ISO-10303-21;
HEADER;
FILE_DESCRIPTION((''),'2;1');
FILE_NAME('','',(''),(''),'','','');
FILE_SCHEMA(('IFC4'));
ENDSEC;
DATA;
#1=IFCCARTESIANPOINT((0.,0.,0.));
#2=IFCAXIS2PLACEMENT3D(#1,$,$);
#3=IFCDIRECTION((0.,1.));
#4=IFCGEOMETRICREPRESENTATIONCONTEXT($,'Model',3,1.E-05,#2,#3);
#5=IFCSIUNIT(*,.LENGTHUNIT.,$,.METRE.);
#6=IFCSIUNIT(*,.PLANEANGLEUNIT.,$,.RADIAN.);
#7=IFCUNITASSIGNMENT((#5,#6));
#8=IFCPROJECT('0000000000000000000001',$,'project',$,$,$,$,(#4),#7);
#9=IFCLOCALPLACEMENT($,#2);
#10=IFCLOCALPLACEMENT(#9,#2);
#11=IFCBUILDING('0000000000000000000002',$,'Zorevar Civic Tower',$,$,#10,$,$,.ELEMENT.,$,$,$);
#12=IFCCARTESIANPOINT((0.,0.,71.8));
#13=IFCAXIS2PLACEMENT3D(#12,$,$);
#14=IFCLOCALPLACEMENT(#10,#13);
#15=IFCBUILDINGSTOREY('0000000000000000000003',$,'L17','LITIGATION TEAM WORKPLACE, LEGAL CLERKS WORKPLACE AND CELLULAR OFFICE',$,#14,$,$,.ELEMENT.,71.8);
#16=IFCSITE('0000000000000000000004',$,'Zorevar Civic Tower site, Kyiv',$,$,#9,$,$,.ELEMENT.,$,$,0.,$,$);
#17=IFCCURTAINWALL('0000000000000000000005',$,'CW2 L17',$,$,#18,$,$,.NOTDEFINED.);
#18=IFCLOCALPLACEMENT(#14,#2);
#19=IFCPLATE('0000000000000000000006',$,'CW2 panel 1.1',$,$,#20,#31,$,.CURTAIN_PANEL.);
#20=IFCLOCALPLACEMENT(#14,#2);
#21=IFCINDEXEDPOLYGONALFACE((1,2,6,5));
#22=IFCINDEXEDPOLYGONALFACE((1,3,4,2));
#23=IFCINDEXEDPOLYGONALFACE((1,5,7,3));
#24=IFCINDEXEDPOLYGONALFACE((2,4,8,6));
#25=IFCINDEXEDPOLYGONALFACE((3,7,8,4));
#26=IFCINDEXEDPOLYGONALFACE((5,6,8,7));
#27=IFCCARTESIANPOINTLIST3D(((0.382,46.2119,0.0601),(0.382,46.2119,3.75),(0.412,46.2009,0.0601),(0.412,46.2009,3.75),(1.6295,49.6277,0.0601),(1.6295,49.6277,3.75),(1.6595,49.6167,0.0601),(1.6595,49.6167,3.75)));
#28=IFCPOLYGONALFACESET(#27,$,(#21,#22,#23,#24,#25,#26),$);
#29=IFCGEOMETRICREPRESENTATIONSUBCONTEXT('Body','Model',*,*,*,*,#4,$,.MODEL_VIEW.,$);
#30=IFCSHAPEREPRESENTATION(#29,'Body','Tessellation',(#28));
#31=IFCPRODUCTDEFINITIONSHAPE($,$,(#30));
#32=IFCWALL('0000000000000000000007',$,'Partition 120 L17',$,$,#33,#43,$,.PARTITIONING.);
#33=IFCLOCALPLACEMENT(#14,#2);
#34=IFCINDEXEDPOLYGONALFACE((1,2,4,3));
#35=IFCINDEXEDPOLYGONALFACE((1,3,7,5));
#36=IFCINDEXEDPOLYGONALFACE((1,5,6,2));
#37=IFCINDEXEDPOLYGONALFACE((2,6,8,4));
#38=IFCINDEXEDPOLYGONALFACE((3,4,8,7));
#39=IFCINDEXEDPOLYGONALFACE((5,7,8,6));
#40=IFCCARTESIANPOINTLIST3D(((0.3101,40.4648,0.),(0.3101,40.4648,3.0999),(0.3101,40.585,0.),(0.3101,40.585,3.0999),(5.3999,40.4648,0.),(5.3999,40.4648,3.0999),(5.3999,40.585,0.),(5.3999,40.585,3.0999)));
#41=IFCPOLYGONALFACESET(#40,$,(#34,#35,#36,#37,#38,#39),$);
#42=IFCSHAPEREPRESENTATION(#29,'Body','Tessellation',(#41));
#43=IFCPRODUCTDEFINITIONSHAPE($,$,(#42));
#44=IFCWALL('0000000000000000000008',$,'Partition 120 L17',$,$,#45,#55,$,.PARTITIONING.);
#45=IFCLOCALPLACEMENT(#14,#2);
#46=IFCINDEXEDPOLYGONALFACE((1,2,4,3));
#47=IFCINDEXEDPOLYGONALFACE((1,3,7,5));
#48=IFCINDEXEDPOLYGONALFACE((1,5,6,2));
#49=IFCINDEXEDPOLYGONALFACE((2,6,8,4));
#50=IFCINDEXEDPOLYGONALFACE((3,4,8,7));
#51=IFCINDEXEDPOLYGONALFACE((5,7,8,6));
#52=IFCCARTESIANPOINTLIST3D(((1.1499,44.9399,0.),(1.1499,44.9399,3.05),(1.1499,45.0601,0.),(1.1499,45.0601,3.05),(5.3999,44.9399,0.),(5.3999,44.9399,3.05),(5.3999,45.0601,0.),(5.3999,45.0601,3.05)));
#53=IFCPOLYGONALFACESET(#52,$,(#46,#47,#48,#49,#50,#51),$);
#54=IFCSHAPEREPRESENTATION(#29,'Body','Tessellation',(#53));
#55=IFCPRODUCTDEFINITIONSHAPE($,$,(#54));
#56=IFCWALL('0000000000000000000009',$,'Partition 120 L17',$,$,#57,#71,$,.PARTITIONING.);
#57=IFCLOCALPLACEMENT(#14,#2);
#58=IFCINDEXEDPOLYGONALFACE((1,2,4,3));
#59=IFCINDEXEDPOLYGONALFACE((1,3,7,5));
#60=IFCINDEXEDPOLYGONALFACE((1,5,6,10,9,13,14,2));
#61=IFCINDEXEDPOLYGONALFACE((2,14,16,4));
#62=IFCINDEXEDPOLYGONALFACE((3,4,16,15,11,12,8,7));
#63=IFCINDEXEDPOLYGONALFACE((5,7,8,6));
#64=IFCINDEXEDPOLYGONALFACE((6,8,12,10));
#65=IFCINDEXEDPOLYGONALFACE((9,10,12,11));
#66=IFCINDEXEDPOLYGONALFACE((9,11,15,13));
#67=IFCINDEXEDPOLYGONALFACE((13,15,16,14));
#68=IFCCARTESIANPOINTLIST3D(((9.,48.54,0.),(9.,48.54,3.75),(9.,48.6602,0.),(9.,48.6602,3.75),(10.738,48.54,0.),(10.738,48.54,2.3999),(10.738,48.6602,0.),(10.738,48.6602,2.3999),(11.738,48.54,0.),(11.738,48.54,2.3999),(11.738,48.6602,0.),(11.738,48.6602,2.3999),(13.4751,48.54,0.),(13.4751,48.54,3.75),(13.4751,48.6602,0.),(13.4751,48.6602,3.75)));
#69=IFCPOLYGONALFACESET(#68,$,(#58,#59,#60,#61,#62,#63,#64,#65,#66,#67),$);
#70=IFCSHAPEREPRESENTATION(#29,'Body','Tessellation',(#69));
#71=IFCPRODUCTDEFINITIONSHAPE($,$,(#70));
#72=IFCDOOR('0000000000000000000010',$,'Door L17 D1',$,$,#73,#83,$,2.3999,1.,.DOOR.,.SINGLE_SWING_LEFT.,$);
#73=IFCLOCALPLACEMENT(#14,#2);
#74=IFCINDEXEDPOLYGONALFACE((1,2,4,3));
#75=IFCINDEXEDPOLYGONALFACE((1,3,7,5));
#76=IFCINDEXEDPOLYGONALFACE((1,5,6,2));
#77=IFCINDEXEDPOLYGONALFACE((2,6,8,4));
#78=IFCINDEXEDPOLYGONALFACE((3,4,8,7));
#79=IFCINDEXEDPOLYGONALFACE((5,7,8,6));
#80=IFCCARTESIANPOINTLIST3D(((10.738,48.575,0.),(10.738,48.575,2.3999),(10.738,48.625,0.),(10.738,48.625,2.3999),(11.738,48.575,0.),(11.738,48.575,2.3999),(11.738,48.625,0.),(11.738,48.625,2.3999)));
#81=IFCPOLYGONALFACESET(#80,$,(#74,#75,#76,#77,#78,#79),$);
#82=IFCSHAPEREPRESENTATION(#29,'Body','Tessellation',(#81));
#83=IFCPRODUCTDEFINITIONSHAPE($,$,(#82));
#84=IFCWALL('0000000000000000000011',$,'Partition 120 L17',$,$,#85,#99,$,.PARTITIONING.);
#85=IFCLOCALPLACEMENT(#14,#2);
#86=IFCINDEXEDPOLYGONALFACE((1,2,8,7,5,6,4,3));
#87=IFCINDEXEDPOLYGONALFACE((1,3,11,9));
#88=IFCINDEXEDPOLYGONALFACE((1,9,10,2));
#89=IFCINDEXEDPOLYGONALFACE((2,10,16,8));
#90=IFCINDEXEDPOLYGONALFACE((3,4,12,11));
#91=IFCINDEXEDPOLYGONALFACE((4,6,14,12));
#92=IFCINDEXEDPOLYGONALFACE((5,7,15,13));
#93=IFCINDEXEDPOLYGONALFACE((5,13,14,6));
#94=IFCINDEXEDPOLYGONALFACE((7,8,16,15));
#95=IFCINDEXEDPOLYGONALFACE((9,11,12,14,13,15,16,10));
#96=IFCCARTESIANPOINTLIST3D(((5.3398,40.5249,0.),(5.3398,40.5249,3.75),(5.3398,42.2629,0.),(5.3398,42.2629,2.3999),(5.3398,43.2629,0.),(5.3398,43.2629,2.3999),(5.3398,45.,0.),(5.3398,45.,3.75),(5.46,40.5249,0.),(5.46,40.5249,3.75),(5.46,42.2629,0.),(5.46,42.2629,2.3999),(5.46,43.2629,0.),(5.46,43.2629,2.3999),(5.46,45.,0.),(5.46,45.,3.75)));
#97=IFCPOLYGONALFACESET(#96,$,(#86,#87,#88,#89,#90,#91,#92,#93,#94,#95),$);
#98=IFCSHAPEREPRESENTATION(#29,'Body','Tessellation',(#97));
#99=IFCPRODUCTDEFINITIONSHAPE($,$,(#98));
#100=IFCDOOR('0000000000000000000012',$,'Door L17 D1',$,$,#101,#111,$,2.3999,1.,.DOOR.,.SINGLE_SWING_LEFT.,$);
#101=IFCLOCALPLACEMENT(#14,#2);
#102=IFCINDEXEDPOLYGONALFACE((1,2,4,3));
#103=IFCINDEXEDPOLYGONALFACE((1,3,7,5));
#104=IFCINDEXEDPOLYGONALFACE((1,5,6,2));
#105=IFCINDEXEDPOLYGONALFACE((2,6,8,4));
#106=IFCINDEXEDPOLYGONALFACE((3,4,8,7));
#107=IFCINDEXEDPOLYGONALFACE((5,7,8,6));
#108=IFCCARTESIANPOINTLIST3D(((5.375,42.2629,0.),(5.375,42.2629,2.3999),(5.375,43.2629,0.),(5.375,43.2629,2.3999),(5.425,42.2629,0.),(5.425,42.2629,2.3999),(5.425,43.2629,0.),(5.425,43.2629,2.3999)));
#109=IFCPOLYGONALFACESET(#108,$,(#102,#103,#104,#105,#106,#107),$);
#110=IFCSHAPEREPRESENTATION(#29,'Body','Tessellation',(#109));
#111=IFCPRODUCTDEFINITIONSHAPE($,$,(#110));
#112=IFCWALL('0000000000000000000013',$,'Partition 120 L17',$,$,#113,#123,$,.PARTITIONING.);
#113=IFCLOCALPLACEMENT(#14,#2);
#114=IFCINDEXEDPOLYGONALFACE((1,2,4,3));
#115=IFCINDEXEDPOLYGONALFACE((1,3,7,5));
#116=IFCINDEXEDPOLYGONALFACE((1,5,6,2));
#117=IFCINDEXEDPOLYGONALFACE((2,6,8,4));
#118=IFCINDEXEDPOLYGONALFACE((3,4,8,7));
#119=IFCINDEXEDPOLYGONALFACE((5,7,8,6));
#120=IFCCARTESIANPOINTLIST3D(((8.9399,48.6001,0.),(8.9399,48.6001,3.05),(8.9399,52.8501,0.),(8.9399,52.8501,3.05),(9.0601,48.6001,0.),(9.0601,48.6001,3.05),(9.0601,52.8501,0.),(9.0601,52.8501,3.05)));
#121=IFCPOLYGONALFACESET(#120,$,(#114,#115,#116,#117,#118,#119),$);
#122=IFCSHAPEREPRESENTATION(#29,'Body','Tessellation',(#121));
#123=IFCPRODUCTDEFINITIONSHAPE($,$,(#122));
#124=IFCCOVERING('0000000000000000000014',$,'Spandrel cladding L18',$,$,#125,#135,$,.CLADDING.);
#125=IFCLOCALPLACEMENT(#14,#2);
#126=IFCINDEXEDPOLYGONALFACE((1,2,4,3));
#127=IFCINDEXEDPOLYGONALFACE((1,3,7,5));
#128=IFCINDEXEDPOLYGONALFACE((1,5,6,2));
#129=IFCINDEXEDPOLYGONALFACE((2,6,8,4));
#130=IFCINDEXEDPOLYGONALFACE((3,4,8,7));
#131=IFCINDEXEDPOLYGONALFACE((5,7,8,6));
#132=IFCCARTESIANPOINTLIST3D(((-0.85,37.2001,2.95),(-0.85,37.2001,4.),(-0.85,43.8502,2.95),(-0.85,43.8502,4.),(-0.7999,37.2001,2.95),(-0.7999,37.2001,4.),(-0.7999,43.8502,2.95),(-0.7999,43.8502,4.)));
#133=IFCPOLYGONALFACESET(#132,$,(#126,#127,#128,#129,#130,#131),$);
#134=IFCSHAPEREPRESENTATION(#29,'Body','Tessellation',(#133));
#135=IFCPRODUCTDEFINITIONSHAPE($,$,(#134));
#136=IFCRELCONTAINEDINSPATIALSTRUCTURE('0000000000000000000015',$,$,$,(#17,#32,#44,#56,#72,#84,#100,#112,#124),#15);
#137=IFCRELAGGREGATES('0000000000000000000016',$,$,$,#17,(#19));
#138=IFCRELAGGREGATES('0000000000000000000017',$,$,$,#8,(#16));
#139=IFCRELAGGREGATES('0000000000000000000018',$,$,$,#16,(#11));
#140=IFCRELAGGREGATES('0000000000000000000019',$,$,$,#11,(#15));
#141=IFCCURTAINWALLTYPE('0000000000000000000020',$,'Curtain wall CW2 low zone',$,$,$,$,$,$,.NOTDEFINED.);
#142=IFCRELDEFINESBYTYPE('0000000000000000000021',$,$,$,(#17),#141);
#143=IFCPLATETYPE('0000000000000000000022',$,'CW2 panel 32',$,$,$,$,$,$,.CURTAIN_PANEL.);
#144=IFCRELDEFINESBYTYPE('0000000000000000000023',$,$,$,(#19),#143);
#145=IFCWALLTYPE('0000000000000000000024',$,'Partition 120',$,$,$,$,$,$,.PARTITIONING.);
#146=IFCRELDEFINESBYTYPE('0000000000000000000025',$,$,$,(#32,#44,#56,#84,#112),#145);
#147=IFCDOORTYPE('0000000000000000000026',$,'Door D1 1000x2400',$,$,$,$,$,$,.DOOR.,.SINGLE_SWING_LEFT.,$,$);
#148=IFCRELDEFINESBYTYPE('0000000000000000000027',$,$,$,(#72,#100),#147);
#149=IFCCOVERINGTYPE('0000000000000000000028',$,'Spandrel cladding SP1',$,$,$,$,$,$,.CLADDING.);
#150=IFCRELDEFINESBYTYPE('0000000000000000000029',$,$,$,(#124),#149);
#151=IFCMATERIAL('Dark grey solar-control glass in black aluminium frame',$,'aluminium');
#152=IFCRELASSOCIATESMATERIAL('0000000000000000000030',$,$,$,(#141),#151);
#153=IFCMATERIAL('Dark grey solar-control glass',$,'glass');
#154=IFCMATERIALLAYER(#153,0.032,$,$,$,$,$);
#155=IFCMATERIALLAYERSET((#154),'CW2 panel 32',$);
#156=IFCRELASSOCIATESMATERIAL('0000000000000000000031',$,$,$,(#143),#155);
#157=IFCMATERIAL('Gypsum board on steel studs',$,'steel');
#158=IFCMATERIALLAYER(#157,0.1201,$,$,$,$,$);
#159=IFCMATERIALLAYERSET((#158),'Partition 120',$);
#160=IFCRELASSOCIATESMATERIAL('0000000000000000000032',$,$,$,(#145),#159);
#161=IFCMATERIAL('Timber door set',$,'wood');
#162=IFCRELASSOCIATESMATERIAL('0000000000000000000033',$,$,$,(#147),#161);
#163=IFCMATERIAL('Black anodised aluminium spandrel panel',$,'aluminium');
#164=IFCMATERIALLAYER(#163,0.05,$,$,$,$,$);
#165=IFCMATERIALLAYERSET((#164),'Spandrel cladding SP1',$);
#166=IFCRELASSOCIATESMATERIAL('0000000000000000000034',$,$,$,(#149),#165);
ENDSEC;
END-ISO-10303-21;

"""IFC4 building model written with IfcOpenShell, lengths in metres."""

from ifc_helpers import new_model, si_unit, direction, frame, frame_2d, origin, origin_2d, place, context, subcontext, project, spatial, rectangle, extrude, material, layer, layer_set, type_object, element, fill, aggregate, save


model = new_model("IFC4")

# Units and contexts
model_context = context("Model", 3, precision=1e-05, world=origin(), true_north=direction((0.0, 1.0)))
body_context = subcontext(model_context, "Body", "Model", "MODEL_VIEW")
ifc_project = project(units=[si_unit("LENGTHUNIT", "METRE"), si_unit("PLANEANGLEUNIT", "RADIAN")], contexts=[model_context])

# Site, building, storey
site_placement = place(None, origin())
site = spatial("IfcSite", under=ifc_project, at=site_placement, Name="Zorevar Civic Tower site, Kyiv", CompositionType="ELEMENT", RefElevation=0.0)
building_placement = place(site_placement, origin())
building = spatial("IfcBuilding", under=site, at=building_placement, Name="Zorevar Civic Tower", CompositionType="ELEMENT")
storey_placement = place(building_placement, frame((0.0, 0.0, 71.8)))
storey = spatial("IfcBuildingStorey", under=building, at=storey_placement, Name="L17", Description="LITIGATION TEAM WORKPLACE, LEGAL CLERKS WORKPLACE AND CELLULAR OFFICE", CompositionType="ELEMENT", Elevation=71.8)

# Curtain wall
ifc_material_1 = material(Name="Dark grey solar-control glass in black aluminium frame", Category="aluminium")
curtain_wall_type = type_object("IfcCurtainWallType", Name="Curtain wall CW2 low zone", PredefinedType="NOTDEFINED", material=ifc_material_1)
curtain_wall_1_placement = place(storey_placement, origin())
curtain_wall_1 = element("IfcCurtainWall", 1, at=curtain_wall_1_placement, inside=storey, type_object=curtain_wall_type, Name="CW2 L17", PredefinedType="NOTDEFINED")

# Plate
ifc_material_2 = material(Name="Dark grey solar-control glass", Category="glass")
ifc_layer_1 = layer(ifc_material_2, 0.032)
ifc_layer_set_1 = layer_set([ifc_layer_1], Name="CW2 panel 32")
plate_type = type_object("IfcPlateType", Name="CW2 panel 32", PredefinedType="CURTAIN_PANEL", material=ifc_layer_set_1)
plate_1_placement = place(storey_placement, frame((1.0208, 47.9143, 0.0601), z_axis=(0.0, 0.0, 1.0), x_axis=(-0.34306, -0.939313, 0.0)))
plate_1 = element("IfcPlate", 2, at=plate_1_placement, type_object=plate_type, Name="CW2 panel 1.1", PredefinedType="CURTAIN_PANEL", context=body_context, shape_type="SweptSolid", body=[
    extrude(rectangle(XDim=3.6365, YDim=0.032, at=origin_2d()), origin(), (0.0, 0.0, 1.0), 3.6899),
])
aggregate(curtain_wall_1, [plate_1])

# Walls
ifc_material_3 = material(Name="Gypsum board on steel studs", Category="steel")
ifc_layer_2 = layer(ifc_material_3, 0.1201)
ifc_layer_set_2 = layer_set([ifc_layer_2], Name="Partition 120")
wall_type = type_object("IfcWallType", Name="Partition 120", PredefinedType="PARTITIONING", material=ifc_layer_set_2)
wall_1_placement = place(storey_placement, frame((0.3101, 40.5249, 0.0), z_axis=(0.0, 0.0, 1.0), x_axis=(1.0, 0.0, 0.0)))
element("IfcWall", 3, at=wall_1_placement, inside=storey, type_object=wall_type, Name="Partition 120 L17", PredefinedType="PARTITIONING", context=body_context, shape_type="SweptSolid", body=[
    extrude(rectangle(XDim=5.0898, YDim=0.1201, at=frame_2d((2.5449, 0.0))), origin(), (0.0, 0.0, 1.0), 3.0999),
])
wall_2_placement = place(storey_placement, frame((1.1499, 45.0, 0.0), z_axis=(0.0, 0.0, 1.0), x_axis=(1.0, 0.0, 0.0)))
element("IfcWall", 4, at=wall_2_placement, inside=storey, type_object=wall_type, Name="Partition 120 L17", PredefinedType="PARTITIONING", context=body_context, shape_type="SweptSolid", body=[
    extrude(rectangle(XDim=4.25, YDim=0.1201, at=frame_2d((2.125, 0.0))), origin(), (0.0, 0.0, 1.0), 3.05),
])

# Walls, openings, doors
wall_3_placement = place(storey_placement, frame((9.0, 48.6001, 0.0), z_axis=(0.0, 0.0, 1.0), x_axis=(1.0, 0.0, 0.0)))
wall_3 = element("IfcWall", 5, at=wall_3_placement, inside=storey, type_object=wall_type, Name="Partition 120 L17", PredefinedType="PARTITIONING", context=body_context, shape_type="SweptSolid", body=[
    extrude(rectangle(XDim=4.4751, YDim=0.1201, at=frame_2d((2.2375, 0.0))), origin(), (0.0, 0.0, 1.0), 3.75),
])
opening_1_placement = place(wall_3_placement, frame((1.738, 0.0, 0.0)))
opening_1 = element("IfcOpeningElement", 6, at=opening_1_placement, cuts=wall_3, PredefinedType="OPENING", context=body_context, shape_type="SweptSolid", body=[
    extrude(rectangle(XDim=1.0, YDim=2.3999, at=frame_2d((0.5, 1.2))), frame((0.0, 0.0701, 0.0), z_axis=(0.0, -1.0, 0.0), x_axis=(1.0, 0.0, 0.0)), (0.0, 0.0, 1.0), 0.1401),
])
ifc_material_4 = material(Name="Timber door set", Category="wood")
door_type = type_object("IfcDoorType", Name="Door D1 1000x2400", OperationType="SINGLE_SWING_LEFT", PredefinedType="DOOR", material=ifc_material_4)
door_1_placement = place(opening_1_placement, origin())
door_1 = element("IfcDoor", 7, at=door_1_placement, inside=storey, type_object=door_type, Name="Door L17 D1", OperationType="SINGLE_SWING_LEFT", OverallHeight=2.3999, OverallWidth=1.0, PredefinedType="DOOR", context=body_context, shape_type="SweptSolid", body=[
    extrude(rectangle(XDim=1.0, YDim=2.3999, at=frame_2d((0.5, 1.2))), frame((0.0, 0.0249, 0.0), z_axis=(0.0, -1.0, 0.0), x_axis=(1.0, 0.0, 0.0)), (0.0, 0.0, 1.0), 0.05),
])
fill(opening_1, door_1)
wall_4_placement = place(storey_placement, frame((5.3999, 40.5249, 0.0), z_axis=(0.0, 0.0, 1.0), x_axis=(0.0, 1.0, 0.0)))
wall_4 = element("IfcWall", 8, at=wall_4_placement, inside=storey, type_object=wall_type, Name="Partition 120 L17", PredefinedType="PARTITIONING", context=body_context, shape_type="SweptSolid", body=[
    extrude(rectangle(XDim=4.4751, YDim=0.1201, at=frame_2d((2.2375, 0.0))), origin(), (0.0, 0.0, 1.0), 3.75),
])
opening_2_placement = place(wall_4_placement, frame((1.738, 0.0, 0.0)))
opening_2 = element("IfcOpeningElement", 9, at=opening_2_placement, cuts=wall_4, PredefinedType="OPENING", context=body_context, shape_type="SweptSolid", body=[
    extrude(rectangle(XDim=1.0, YDim=2.3999, at=frame_2d((0.5, 1.2))), frame((0.0, 0.0701, 0.0), z_axis=(0.0, -1.0, 0.0), x_axis=(1.0, 0.0, 0.0)), (0.0, 0.0, 1.0), 0.1401),
])
door_2_placement = place(opening_2_placement, origin())
door_2 = element("IfcDoor", 10, at=door_2_placement, inside=storey, type_object=door_type, Name="Door L17 D1", OperationType="SINGLE_SWING_LEFT", OverallHeight=2.3999, OverallWidth=1.0, PredefinedType="DOOR", context=body_context, shape_type="SweptSolid", body=[
    extrude(rectangle(XDim=1.0, YDim=2.3999, at=frame_2d((0.5, 1.2))), frame((0.0, 0.0249, 0.0), z_axis=(0.0, -1.0, 0.0), x_axis=(1.0, 0.0, 0.0)), (0.0, 0.0, 1.0), 0.05),
])
fill(opening_2, door_2)

# Wall
wall_5_placement = place(storey_placement, frame((9.0, 48.6001, 0.0), z_axis=(0.0, 0.0, 1.0), x_axis=(0.0, 1.0, 0.0)))
element("IfcWall", 11, at=wall_5_placement, inside=storey, type_object=wall_type, Name="Partition 120 L17", PredefinedType="PARTITIONING", context=body_context, shape_type="SweptSolid", body=[
    extrude(rectangle(XDim=4.25, YDim=0.1201, at=frame_2d((2.125, 0.0))), origin(), (0.0, 0.0, 1.0), 3.05),
])

# Covering
ifc_material_5 = material(Name="Black anodised aluminium spandrel panel", Category="aluminium")
ifc_layer_3 = layer(ifc_material_5, 0.05)
ifc_layer_set_3 = layer_set([ifc_layer_3], Name="Spandrel cladding SP1")
covering_type = type_object("IfcCoveringType", Name="Spandrel cladding SP1", PredefinedType="CLADDING", material=ifc_layer_set_3)
covering_placement = place(storey_placement, frame((-0.825, 37.2, 2.95), z_axis=(0.0, 0.0, 1.0), x_axis=(0.0, 1.0, 0.0)))
element("IfcCovering", 12, at=covering_placement, inside=storey, type_object=covering_type, Name="Spandrel cladding L18", PredefinedType="CLADDING", context=body_context, shape_type="SweptSolid", body=[
    extrude(rectangle(XDim=6.6501, YDim=0.05, at=frame_2d((3.3252, 0.0))), origin(), (0.0, 0.0, 1.0), 1.05),
])

save(model, "model.ifc")
